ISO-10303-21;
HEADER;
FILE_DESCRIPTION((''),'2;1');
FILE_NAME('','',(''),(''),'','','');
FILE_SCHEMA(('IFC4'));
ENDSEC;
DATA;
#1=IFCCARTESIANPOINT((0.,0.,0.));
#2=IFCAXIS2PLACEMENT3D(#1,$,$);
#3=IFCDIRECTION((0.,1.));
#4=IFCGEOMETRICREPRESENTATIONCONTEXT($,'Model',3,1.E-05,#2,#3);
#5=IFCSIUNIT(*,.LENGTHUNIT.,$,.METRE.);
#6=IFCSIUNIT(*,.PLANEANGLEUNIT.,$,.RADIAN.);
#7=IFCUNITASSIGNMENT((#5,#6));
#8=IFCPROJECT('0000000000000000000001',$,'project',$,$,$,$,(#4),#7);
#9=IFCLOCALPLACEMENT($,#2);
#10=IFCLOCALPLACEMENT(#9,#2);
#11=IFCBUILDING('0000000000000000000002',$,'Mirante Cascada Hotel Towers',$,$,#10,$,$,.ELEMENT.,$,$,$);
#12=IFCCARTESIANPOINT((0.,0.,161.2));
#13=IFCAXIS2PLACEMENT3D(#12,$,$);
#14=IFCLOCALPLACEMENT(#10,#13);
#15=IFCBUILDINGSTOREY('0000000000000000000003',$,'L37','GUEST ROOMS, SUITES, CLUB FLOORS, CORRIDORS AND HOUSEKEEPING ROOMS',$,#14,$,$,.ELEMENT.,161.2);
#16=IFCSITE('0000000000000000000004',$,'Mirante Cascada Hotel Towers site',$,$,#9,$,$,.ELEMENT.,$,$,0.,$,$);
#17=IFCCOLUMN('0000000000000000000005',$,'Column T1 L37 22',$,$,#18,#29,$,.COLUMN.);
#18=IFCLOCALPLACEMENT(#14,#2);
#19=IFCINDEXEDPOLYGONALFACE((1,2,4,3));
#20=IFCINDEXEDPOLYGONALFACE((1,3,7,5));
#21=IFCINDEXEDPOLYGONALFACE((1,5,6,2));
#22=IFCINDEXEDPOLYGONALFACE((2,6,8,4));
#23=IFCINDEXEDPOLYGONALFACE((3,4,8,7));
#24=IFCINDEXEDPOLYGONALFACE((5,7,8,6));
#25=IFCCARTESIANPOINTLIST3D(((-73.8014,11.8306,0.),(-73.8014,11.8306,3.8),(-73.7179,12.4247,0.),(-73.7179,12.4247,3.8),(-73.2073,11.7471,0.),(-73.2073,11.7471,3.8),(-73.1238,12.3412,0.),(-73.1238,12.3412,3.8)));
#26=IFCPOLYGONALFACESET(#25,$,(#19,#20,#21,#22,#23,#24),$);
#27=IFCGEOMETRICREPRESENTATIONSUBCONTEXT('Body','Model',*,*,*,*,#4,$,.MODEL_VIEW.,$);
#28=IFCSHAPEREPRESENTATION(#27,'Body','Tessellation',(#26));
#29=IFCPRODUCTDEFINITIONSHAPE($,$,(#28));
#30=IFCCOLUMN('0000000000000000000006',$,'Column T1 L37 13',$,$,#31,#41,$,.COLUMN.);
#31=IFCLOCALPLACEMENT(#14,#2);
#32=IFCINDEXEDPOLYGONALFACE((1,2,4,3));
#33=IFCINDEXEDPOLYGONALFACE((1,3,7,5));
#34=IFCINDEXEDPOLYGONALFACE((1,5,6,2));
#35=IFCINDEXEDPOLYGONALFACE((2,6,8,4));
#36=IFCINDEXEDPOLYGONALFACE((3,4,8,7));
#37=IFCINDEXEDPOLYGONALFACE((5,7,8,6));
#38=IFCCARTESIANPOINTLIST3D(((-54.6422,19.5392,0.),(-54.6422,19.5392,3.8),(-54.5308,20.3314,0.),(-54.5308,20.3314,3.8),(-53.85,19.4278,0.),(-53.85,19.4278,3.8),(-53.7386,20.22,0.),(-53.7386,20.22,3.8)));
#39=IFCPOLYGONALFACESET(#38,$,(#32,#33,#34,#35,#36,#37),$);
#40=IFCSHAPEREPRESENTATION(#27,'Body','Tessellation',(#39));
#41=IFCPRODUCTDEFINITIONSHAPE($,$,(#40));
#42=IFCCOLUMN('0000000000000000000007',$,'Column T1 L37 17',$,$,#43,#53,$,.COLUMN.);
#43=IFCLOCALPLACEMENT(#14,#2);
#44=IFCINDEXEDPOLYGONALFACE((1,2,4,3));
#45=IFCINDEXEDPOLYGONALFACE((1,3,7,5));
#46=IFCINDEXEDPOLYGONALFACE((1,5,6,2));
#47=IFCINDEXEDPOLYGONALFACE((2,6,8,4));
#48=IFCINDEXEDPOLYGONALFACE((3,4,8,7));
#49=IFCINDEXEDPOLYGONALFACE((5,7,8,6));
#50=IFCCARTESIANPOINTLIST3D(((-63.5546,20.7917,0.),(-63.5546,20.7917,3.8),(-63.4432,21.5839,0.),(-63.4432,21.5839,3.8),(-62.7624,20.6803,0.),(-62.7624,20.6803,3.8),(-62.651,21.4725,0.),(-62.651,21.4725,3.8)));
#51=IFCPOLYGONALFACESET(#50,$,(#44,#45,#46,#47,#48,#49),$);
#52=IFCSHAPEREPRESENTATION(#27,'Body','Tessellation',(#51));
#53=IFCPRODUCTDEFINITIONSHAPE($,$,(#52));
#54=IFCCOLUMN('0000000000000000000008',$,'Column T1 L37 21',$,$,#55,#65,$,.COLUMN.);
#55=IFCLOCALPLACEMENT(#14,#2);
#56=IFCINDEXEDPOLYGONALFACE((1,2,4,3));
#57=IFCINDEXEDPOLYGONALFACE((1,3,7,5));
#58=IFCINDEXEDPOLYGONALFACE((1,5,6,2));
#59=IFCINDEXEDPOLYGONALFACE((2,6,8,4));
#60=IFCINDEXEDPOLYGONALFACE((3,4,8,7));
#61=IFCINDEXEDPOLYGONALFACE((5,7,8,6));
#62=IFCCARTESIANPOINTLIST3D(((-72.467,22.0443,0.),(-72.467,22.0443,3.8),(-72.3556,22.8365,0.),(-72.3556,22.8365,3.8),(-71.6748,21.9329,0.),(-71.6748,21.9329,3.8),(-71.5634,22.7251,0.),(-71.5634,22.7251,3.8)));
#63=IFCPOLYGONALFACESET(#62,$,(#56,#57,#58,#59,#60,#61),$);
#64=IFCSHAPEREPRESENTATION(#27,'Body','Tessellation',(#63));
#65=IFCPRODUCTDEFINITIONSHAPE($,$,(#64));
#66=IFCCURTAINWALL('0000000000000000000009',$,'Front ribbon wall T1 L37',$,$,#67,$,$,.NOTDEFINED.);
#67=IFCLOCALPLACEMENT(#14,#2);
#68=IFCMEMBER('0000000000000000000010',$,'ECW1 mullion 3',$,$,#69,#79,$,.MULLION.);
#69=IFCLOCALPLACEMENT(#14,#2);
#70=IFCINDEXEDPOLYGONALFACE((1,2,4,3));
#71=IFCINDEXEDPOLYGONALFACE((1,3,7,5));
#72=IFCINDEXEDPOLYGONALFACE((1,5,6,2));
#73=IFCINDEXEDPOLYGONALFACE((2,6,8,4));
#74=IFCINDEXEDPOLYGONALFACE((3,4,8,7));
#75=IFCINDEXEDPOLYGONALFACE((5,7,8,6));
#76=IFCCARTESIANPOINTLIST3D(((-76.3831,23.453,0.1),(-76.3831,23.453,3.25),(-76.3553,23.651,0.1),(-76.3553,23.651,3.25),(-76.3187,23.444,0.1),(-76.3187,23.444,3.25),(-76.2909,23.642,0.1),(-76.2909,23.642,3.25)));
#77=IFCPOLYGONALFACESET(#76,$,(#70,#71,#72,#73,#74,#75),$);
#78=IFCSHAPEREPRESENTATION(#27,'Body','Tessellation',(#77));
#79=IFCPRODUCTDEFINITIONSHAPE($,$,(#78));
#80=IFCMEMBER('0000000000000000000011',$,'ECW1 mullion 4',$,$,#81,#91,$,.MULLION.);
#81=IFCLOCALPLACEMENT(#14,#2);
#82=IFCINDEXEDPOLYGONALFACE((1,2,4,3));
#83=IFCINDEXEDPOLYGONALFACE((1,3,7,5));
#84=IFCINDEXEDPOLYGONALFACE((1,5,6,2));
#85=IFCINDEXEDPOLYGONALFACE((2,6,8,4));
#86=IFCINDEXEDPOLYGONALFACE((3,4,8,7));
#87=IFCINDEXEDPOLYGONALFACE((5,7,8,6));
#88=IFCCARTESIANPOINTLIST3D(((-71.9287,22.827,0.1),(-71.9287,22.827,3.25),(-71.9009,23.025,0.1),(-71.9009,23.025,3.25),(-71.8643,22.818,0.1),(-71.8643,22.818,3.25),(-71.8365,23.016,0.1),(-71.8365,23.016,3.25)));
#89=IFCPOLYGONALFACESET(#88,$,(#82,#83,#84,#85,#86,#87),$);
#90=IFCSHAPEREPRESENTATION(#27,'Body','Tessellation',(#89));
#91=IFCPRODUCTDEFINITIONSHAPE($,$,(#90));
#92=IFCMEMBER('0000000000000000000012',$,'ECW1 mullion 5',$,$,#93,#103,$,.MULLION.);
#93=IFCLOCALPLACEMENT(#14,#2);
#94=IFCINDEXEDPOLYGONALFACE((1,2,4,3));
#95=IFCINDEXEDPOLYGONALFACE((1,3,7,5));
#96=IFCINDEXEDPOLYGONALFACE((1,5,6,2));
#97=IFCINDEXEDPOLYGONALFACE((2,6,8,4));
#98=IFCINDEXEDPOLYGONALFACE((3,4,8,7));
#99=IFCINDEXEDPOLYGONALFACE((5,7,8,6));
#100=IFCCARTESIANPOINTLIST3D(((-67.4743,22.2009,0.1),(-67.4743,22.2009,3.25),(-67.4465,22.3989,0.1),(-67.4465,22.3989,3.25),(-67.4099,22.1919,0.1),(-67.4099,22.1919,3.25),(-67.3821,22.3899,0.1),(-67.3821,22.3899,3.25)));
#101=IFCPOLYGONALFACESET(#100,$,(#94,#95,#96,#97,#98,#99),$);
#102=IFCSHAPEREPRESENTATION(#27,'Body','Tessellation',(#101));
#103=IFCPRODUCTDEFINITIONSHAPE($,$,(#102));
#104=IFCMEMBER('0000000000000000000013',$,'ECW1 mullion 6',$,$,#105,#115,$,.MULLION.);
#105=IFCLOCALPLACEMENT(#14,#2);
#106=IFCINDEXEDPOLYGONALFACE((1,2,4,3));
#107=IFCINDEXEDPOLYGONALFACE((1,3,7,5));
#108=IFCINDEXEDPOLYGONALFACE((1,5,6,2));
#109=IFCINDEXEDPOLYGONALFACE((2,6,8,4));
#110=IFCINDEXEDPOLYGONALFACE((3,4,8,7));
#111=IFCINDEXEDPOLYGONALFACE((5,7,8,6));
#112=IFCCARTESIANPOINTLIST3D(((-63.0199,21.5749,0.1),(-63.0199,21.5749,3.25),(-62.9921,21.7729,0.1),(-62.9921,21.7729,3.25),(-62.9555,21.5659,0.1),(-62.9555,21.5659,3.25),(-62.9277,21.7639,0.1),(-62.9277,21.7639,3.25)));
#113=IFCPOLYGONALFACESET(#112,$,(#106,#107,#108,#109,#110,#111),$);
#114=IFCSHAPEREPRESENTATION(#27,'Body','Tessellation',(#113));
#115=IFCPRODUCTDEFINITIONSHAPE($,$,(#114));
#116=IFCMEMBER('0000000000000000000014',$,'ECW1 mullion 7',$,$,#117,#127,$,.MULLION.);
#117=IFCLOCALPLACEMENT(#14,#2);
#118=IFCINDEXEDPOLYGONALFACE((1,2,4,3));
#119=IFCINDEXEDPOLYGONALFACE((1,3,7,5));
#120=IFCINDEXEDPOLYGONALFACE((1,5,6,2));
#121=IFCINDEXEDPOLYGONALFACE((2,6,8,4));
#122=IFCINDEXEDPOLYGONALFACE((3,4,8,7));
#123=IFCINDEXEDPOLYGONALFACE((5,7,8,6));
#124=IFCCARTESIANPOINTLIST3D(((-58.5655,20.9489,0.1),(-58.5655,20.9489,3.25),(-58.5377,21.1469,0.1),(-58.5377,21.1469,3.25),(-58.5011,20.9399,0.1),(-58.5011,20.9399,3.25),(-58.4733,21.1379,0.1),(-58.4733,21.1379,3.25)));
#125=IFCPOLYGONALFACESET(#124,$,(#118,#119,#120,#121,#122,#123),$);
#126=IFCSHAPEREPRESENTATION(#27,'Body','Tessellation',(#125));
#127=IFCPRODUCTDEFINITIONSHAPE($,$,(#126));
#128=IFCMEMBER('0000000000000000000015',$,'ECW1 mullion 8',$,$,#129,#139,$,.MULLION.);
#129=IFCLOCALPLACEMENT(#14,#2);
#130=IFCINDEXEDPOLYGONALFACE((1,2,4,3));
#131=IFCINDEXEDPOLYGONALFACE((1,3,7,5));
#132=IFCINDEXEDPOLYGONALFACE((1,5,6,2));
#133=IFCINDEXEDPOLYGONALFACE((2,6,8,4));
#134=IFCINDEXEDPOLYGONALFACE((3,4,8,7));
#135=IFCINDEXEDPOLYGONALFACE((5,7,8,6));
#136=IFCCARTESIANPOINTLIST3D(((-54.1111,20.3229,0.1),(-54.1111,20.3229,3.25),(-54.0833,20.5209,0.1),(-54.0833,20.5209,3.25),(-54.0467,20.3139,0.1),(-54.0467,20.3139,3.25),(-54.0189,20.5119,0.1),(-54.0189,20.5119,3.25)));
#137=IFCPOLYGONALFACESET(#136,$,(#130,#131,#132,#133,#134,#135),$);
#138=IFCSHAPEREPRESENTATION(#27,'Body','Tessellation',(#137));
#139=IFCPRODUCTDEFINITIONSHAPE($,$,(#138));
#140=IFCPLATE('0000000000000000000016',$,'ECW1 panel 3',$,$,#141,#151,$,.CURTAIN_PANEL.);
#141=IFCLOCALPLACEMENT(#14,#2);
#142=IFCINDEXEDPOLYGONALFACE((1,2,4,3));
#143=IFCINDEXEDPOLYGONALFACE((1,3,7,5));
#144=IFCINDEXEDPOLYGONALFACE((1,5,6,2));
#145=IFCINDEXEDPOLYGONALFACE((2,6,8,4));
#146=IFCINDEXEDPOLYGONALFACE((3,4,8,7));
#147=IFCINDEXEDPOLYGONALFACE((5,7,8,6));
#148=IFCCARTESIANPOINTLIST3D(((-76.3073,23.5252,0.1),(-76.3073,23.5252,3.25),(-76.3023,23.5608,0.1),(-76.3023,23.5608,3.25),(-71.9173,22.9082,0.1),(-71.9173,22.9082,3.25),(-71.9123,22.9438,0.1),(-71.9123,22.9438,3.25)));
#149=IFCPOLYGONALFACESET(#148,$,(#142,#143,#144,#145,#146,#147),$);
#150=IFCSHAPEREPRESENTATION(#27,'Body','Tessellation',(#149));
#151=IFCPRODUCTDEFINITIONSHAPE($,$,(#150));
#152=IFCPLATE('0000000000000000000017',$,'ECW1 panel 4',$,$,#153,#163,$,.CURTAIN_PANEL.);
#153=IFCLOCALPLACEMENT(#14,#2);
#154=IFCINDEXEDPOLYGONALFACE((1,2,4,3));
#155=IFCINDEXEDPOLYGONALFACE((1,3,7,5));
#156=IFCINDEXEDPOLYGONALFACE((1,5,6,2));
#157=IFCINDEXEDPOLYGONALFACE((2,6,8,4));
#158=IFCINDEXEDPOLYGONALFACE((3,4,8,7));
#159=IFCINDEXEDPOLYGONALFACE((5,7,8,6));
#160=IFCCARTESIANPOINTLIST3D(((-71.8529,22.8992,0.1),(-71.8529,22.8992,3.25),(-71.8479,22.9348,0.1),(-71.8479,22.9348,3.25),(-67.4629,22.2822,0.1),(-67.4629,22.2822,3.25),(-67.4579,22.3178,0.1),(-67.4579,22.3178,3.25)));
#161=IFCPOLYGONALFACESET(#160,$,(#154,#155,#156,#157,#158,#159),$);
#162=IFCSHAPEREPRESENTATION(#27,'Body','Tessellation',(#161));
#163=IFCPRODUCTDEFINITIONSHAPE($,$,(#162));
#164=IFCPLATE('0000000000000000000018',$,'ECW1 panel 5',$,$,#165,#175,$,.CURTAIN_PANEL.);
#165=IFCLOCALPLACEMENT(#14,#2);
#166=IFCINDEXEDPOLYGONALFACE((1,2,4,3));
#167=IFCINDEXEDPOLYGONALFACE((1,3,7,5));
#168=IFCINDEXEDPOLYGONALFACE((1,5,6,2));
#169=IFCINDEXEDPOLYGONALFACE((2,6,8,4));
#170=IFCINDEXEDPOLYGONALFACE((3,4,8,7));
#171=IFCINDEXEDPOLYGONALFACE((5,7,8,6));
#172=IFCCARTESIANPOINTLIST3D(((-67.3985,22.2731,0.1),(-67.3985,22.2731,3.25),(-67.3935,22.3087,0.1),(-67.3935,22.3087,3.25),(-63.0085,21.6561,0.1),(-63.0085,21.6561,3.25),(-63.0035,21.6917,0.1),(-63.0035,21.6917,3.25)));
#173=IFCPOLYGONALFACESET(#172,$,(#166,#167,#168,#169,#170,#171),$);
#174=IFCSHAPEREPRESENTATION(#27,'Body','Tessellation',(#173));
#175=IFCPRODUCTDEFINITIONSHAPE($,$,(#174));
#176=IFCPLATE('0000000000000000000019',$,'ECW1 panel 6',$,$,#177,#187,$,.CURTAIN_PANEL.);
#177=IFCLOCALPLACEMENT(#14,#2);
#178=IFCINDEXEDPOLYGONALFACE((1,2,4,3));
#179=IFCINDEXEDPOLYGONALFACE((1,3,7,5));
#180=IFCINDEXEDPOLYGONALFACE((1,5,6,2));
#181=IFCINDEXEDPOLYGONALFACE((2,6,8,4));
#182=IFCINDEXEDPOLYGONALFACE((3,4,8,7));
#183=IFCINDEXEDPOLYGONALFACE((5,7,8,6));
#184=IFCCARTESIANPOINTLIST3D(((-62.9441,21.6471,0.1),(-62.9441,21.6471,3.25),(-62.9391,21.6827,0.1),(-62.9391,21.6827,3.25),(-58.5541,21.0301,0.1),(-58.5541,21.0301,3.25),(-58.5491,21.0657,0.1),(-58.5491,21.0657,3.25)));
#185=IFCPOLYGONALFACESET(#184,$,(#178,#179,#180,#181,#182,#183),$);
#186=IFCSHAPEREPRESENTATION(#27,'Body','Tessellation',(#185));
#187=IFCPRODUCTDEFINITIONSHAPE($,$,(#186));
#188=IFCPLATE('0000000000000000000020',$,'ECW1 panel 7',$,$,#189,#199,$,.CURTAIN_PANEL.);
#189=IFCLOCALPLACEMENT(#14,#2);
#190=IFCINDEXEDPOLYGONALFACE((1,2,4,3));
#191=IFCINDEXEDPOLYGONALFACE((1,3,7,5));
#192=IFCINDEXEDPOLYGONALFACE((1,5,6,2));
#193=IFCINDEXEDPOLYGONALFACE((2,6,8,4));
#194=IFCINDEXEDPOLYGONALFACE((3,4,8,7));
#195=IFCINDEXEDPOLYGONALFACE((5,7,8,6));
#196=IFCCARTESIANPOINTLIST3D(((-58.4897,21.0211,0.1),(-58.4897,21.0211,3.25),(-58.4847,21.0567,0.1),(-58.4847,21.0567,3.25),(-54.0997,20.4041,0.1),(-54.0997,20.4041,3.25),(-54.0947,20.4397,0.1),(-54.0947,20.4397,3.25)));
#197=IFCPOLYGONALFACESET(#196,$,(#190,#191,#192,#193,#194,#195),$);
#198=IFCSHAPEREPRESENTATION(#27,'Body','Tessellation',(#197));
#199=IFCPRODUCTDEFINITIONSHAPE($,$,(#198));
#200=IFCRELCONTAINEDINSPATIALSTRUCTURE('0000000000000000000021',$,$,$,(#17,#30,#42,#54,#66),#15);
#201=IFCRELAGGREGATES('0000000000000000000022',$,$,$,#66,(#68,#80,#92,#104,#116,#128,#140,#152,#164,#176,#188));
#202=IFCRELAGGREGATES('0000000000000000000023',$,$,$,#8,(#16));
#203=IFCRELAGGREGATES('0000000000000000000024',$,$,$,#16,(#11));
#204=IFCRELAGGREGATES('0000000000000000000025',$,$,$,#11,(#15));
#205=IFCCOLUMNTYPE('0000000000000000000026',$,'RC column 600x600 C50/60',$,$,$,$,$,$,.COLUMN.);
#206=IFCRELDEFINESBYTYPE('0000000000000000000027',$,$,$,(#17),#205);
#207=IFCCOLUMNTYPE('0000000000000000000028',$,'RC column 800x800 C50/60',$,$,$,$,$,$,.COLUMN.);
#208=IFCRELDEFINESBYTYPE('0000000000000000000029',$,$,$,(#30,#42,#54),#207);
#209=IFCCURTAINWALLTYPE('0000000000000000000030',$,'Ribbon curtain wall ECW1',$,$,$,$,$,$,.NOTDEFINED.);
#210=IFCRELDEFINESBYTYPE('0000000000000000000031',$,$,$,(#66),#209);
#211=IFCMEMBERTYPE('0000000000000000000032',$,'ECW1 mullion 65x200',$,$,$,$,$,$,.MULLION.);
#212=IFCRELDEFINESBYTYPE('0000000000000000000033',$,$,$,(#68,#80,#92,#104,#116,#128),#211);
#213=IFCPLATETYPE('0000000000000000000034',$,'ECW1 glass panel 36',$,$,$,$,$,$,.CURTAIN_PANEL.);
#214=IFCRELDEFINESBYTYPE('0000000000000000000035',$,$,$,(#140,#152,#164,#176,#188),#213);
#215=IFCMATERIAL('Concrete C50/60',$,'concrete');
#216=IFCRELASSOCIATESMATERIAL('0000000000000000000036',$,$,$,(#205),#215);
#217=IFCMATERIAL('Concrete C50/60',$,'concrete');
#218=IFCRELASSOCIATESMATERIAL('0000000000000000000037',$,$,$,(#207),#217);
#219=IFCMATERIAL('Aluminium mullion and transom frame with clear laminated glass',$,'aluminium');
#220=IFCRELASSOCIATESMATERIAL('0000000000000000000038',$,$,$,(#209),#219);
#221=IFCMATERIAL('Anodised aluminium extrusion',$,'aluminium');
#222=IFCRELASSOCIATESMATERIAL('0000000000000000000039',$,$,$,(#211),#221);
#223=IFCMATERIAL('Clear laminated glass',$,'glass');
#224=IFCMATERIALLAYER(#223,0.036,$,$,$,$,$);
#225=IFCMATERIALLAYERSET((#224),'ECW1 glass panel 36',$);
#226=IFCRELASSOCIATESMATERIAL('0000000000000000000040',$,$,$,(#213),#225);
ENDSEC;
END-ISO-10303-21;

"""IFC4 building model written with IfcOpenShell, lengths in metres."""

from ifc_helpers import new_model, si_unit, direction, frame, origin, origin_2d, place, context, subcontext, project, spatial, rectangle, extrude, material, layer, layer_set, material_profile, profile_set, type_object, element, aggregate, save


model = new_model("IFC4")

# Units and contexts
model_context = context("Model", 3, precision=1e-05, world=origin(), true_north=direction((0.0, 1.0)))
body_context = subcontext(model_context, "Body", "Model", "MODEL_VIEW")
ifc_project = project(units=[si_unit("LENGTHUNIT", "METRE"), si_unit("PLANEANGLEUNIT", "RADIAN")], contexts=[model_context])

# Site, building, storey
site_placement = place(None, origin())
site = spatial("IfcSite", under=ifc_project, at=site_placement, Name="Mirante Cascada Hotel Towers site", CompositionType="ELEMENT", RefElevation=0.0)
building_placement = place(site_placement, origin())
building = spatial("IfcBuilding", under=site, at=building_placement, Name="Mirante Cascada Hotel Towers", CompositionType="ELEMENT")
storey_placement = place(building_placement, frame((0.0, 0.0, 161.2)))
storey = spatial("IfcBuildingStorey", under=building, at=storey_placement, Name="L37", Description="GUEST ROOMS, SUITES, CLUB FLOORS, CORRIDORS AND HOUSEKEEPING ROOMS", CompositionType="ELEMENT", Elevation=161.2)

# Columns
ifc_material_1 = material(Name="Concrete C50/60", Category="concrete")
ifc_material_profile_1 = material_profile(ifc_material_1, rectangle(XDim=0.6, YDim=0.6, at=origin_2d()), Name="RC column 600x600 C50/60")
ifc_profile_set_1 = profile_set([ifc_material_profile_1], Name="Concrete C50/60")
column_type_1 = type_object("IfcColumnType", Name="RC column 600x600 C50/60", PredefinedType="COLUMN", material=ifc_profile_set_1)
column_placement = place(storey_placement, frame((-73.4626, 12.0859, 0.0), z_axis=(0.0, 0.0, 1.0), x_axis=(-0.990268, 0.139173, 0.0)))
element("IfcColumn", 1, at=column_placement, inside=storey, type_object=column_type_1, Name="Column T1 L37 22", PredefinedType="COLUMN", context=body_context, shape_type="SweptSolid", body=[
    extrude(rectangle(XDim=0.6, YDim=0.6, at=origin_2d()), origin(), (0.0, 0.0, 1.0), 3.8),
])
ifc_material_2 = material(Name="Concrete C50/60", Category="concrete")
ifc_material_profile_2 = material_profile(ifc_material_2, rectangle(XDim=0.8, YDim=0.8, at=origin_2d()), Name="RC column 800x800 C50/60")
ifc_profile_set_2 = profile_set([ifc_material_profile_2], Name="Concrete C50/60")
column_type_2 = type_object("IfcColumnType", Name="RC column 800x800 C50/60", PredefinedType="COLUMN", material=ifc_profile_set_2)
for number, where, z_axis, x_axis, name in (
    (2, (-54.1904, 19.8796, 0.0), (0.0, 0.0, 1.0), (-0.990268, 0.139173, 0.0), "Column T1 L37 13"),
    (3, (-63.1028, 21.1321, 0.0), (0.0, 0.0, 1.0), (-0.990268, 0.139173, 0.0), "Column T1 L37 17"),
    (4, (-72.0152, 22.3847, 0.0), (0.0, 0.0, 1.0), (-0.990268, 0.139173, 0.0), "Column T1 L37 21"),
):
    element("IfcColumn", number, at=place(storey_placement, frame(where, z_axis=z_axis, x_axis=x_axis)), inside=storey, type_object=column_type_2, Name=name, PredefinedType="COLUMN", context=body_context, shape_type="SweptSolid", body=[
        extrude(rectangle(XDim=0.8, YDim=0.8, at=origin_2d()), origin(), (0.0, 0.0, 1.0), 3.8),
    ])

# Curtain wall, members, plates
ifc_material_3 = material(Name="Aluminium mullion and transom frame with clear laminated glass", Category="aluminium")
curtain_wall_type = type_object("IfcCurtainWallType", Name="Ribbon curtain wall ECW1", PredefinedType="NOTDEFINED", material=ifc_material_3)
curtain_wall_placement = place(storey_placement, origin())
curtain_wall = element("IfcCurtainWall", 5, at=curtain_wall_placement, inside=storey, type_object=curtain_wall_type, Name="Front ribbon wall T1 L37", PredefinedType="NOTDEFINED")
ifc_material_4 = material(Name="Anodised aluminium extrusion", Category="aluminium")
ifc_material_profile_3 = material_profile(ifc_material_4, rectangle(XDim=0.2, YDim=0.065, at=origin_2d()), Name="ECW1 MULLION 65x200")
ifc_profile_set_3 = profile_set([ifc_material_profile_3], Name="Anodised aluminium extrusion")
member_type = type_object("IfcMemberType", Name="ECW1 mullion 65x200", PredefinedType="MULLION", material=ifc_profile_set_3)
member_1_placement = place(storey_placement, frame((-76.337, 23.5475, 0.1), z_axis=(0.0, 0.0, 1.0), x_axis=(0.139173, 0.990268, 0.0)))
member_1 = element("IfcMember", 6, at=member_1_placement, type_object=member_type, Name="ECW1 mullion 3", PredefinedType="MULLION", context=body_context, shape_type="SweptSolid", body=[
    extrude(rectangle(XDim=0.2, YDim=0.065, at=origin_2d()), origin(), (0.0, 0.0, 1.0), 3.15),
])
member_2_placement = place(storey_placement, frame((-71.8826, 22.9215, 0.1), z_axis=(0.0, 0.0, 1.0), x_axis=(0.139173, 0.990268, 0.0)))
member_2 = element("IfcMember", 7, at=member_2_placement, type_object=member_type, Name="ECW1 mullion 4", PredefinedType="MULLION", context=body_context, shape_type="SweptSolid", body=[
    extrude(rectangle(XDim=0.2, YDim=0.065, at=origin_2d()), origin(), (0.0, 0.0, 1.0), 3.15),
])
member_3_placement = place(storey_placement, frame((-67.4282, 22.2954, 0.1), z_axis=(0.0, 0.0, 1.0), x_axis=(0.139173, 0.990268, 0.0)))
member_3 = element("IfcMember", 8, at=member_3_placement, type_object=member_type, Name="ECW1 mullion 5", PredefinedType="MULLION", context=body_context, shape_type="SweptSolid", body=[
    extrude(rectangle(XDim=0.2, YDim=0.065, at=origin_2d()), origin(), (0.0, 0.0, 1.0), 3.15),
])
member_4_placement = place(storey_placement, frame((-62.9738, 21.6694, 0.1), z_axis=(0.0, 0.0, 1.0), x_axis=(0.139173, 0.990268, 0.0)))
member_4 = element("IfcMember", 9, at=member_4_placement, type_object=member_type, Name="ECW1 mullion 6", PredefinedType="MULLION", context=body_context, shape_type="SweptSolid", body=[
    extrude(rectangle(XDim=0.2, YDim=0.065, at=origin_2d()), origin(), (0.0, 0.0, 1.0), 3.15),
])
member_5_placement = place(storey_placement, frame((-58.5194, 21.0434, 0.1), z_axis=(0.0, 0.0, 1.0), x_axis=(0.139173, 0.990268, 0.0)))
member_5 = element("IfcMember", 10, at=member_5_placement, type_object=member_type, Name="ECW1 mullion 7", PredefinedType="MULLION", context=body_context, shape_type="SweptSolid", body=[
    extrude(rectangle(XDim=0.2, YDim=0.065, at=origin_2d()), origin(), (0.0, 0.0, 1.0), 3.15),
])
member_6_placement = place(storey_placement, frame((-54.065, 20.4174, 0.1), z_axis=(0.0, 0.0, 1.0), x_axis=(0.139173, 0.990268, 0.0)))
member_6 = element("IfcMember", 11, at=member_6_placement, type_object=member_type, Name="ECW1 mullion 8", PredefinedType="MULLION", context=body_context, shape_type="SweptSolid", body=[
    extrude(rectangle(XDim=0.2, YDim=0.065, at=origin_2d()), origin(), (0.0, 0.0, 1.0), 3.15),
])
ifc_material_5 = material(Name="Clear laminated glass", Category="glass")
ifc_layer_1 = layer(ifc_material_5, 0.036)
ifc_layer_set_1 = layer_set([ifc_layer_1], Name="ECW1 glass panel 36")
plate_type = type_object("IfcPlateType", Name="ECW1 glass panel 36", PredefinedType="CURTAIN_PANEL", material=ifc_layer_set_1)
plate_1_placement = place(storey_placement, frame((-74.1098, 23.2345, 0.1), z_axis=(0.0, 0.0, 1.0), x_axis=(0.990268, -0.139173, 0.0)))
plate_1 = element("IfcPlate", 12, at=plate_1_placement, type_object=plate_type, Name="ECW1 panel 3", PredefinedType="CURTAIN_PANEL", context=body_context, shape_type="SweptSolid", body=[
    extrude(rectangle(XDim=4.4332, YDim=0.036, at=origin_2d()), origin(), (0.0, 0.0, 1.0), 3.15),
])
plate_2_placement = place(storey_placement, frame((-69.6554, 22.6085, 0.1), z_axis=(0.0, 0.0, 1.0), x_axis=(0.990268, -0.139173, 0.0)))
plate_2 = element("IfcPlate", 13, at=plate_2_placement, type_object=plate_type, Name="ECW1 panel 4", PredefinedType="CURTAIN_PANEL", context=body_context, shape_type="SweptSolid", body=[
    extrude(rectangle(XDim=4.4332, YDim=0.036, at=origin_2d()), origin(), (0.0, 0.0, 1.0), 3.15),
])
plate_3_placement = place(storey_placement, frame((-65.201, 21.9824, 0.1), z_axis=(0.0, 0.0, 1.0), x_axis=(0.990268, -0.139173, 0.0)))
plate_3 = element("IfcPlate", 14, at=plate_3_placement, type_object=plate_type, Name="ECW1 panel 5", PredefinedType="CURTAIN_PANEL", context=body_context, shape_type="SweptSolid", body=[
    extrude(rectangle(XDim=4.4332, YDim=0.036, at=origin_2d()), origin(), (0.0, 0.0, 1.0), 3.15),
])
plate_4_placement = place(storey_placement, frame((-60.7466, 21.3564, 0.1), z_axis=(0.0, 0.0, 1.0), x_axis=(0.990268, -0.139173, 0.0)))
plate_4 = element("IfcPlate", 15, at=plate_4_placement, type_object=plate_type, Name="ECW1 panel 6", PredefinedType="CURTAIN_PANEL", context=body_context, shape_type="SweptSolid", body=[
    extrude(rectangle(XDim=4.4332, YDim=0.036, at=origin_2d()), origin(), (0.0, 0.0, 1.0), 3.15),
])
plate_5_placement = place(storey_placement, frame((-56.2922, 20.7304, 0.1), z_axis=(0.0, 0.0, 1.0), x_axis=(0.990268, -0.139173, 0.0)))
plate_5 = element("IfcPlate", 16, at=plate_5_placement, type_object=plate_type, Name="ECW1 panel 7", PredefinedType="CURTAIN_PANEL", context=body_context, shape_type="SweptSolid", body=[
    extrude(rectangle(XDim=4.4332, YDim=0.036, at=origin_2d()), origin(), (0.0, 0.0, 1.0), 3.15),
])
aggregate(curtain_wall, [member_1, member_2, member_3, member_4, member_5, member_6, plate_1, plate_2, plate_3, plate_4, plate_5])

save(model, "model.ifc")
